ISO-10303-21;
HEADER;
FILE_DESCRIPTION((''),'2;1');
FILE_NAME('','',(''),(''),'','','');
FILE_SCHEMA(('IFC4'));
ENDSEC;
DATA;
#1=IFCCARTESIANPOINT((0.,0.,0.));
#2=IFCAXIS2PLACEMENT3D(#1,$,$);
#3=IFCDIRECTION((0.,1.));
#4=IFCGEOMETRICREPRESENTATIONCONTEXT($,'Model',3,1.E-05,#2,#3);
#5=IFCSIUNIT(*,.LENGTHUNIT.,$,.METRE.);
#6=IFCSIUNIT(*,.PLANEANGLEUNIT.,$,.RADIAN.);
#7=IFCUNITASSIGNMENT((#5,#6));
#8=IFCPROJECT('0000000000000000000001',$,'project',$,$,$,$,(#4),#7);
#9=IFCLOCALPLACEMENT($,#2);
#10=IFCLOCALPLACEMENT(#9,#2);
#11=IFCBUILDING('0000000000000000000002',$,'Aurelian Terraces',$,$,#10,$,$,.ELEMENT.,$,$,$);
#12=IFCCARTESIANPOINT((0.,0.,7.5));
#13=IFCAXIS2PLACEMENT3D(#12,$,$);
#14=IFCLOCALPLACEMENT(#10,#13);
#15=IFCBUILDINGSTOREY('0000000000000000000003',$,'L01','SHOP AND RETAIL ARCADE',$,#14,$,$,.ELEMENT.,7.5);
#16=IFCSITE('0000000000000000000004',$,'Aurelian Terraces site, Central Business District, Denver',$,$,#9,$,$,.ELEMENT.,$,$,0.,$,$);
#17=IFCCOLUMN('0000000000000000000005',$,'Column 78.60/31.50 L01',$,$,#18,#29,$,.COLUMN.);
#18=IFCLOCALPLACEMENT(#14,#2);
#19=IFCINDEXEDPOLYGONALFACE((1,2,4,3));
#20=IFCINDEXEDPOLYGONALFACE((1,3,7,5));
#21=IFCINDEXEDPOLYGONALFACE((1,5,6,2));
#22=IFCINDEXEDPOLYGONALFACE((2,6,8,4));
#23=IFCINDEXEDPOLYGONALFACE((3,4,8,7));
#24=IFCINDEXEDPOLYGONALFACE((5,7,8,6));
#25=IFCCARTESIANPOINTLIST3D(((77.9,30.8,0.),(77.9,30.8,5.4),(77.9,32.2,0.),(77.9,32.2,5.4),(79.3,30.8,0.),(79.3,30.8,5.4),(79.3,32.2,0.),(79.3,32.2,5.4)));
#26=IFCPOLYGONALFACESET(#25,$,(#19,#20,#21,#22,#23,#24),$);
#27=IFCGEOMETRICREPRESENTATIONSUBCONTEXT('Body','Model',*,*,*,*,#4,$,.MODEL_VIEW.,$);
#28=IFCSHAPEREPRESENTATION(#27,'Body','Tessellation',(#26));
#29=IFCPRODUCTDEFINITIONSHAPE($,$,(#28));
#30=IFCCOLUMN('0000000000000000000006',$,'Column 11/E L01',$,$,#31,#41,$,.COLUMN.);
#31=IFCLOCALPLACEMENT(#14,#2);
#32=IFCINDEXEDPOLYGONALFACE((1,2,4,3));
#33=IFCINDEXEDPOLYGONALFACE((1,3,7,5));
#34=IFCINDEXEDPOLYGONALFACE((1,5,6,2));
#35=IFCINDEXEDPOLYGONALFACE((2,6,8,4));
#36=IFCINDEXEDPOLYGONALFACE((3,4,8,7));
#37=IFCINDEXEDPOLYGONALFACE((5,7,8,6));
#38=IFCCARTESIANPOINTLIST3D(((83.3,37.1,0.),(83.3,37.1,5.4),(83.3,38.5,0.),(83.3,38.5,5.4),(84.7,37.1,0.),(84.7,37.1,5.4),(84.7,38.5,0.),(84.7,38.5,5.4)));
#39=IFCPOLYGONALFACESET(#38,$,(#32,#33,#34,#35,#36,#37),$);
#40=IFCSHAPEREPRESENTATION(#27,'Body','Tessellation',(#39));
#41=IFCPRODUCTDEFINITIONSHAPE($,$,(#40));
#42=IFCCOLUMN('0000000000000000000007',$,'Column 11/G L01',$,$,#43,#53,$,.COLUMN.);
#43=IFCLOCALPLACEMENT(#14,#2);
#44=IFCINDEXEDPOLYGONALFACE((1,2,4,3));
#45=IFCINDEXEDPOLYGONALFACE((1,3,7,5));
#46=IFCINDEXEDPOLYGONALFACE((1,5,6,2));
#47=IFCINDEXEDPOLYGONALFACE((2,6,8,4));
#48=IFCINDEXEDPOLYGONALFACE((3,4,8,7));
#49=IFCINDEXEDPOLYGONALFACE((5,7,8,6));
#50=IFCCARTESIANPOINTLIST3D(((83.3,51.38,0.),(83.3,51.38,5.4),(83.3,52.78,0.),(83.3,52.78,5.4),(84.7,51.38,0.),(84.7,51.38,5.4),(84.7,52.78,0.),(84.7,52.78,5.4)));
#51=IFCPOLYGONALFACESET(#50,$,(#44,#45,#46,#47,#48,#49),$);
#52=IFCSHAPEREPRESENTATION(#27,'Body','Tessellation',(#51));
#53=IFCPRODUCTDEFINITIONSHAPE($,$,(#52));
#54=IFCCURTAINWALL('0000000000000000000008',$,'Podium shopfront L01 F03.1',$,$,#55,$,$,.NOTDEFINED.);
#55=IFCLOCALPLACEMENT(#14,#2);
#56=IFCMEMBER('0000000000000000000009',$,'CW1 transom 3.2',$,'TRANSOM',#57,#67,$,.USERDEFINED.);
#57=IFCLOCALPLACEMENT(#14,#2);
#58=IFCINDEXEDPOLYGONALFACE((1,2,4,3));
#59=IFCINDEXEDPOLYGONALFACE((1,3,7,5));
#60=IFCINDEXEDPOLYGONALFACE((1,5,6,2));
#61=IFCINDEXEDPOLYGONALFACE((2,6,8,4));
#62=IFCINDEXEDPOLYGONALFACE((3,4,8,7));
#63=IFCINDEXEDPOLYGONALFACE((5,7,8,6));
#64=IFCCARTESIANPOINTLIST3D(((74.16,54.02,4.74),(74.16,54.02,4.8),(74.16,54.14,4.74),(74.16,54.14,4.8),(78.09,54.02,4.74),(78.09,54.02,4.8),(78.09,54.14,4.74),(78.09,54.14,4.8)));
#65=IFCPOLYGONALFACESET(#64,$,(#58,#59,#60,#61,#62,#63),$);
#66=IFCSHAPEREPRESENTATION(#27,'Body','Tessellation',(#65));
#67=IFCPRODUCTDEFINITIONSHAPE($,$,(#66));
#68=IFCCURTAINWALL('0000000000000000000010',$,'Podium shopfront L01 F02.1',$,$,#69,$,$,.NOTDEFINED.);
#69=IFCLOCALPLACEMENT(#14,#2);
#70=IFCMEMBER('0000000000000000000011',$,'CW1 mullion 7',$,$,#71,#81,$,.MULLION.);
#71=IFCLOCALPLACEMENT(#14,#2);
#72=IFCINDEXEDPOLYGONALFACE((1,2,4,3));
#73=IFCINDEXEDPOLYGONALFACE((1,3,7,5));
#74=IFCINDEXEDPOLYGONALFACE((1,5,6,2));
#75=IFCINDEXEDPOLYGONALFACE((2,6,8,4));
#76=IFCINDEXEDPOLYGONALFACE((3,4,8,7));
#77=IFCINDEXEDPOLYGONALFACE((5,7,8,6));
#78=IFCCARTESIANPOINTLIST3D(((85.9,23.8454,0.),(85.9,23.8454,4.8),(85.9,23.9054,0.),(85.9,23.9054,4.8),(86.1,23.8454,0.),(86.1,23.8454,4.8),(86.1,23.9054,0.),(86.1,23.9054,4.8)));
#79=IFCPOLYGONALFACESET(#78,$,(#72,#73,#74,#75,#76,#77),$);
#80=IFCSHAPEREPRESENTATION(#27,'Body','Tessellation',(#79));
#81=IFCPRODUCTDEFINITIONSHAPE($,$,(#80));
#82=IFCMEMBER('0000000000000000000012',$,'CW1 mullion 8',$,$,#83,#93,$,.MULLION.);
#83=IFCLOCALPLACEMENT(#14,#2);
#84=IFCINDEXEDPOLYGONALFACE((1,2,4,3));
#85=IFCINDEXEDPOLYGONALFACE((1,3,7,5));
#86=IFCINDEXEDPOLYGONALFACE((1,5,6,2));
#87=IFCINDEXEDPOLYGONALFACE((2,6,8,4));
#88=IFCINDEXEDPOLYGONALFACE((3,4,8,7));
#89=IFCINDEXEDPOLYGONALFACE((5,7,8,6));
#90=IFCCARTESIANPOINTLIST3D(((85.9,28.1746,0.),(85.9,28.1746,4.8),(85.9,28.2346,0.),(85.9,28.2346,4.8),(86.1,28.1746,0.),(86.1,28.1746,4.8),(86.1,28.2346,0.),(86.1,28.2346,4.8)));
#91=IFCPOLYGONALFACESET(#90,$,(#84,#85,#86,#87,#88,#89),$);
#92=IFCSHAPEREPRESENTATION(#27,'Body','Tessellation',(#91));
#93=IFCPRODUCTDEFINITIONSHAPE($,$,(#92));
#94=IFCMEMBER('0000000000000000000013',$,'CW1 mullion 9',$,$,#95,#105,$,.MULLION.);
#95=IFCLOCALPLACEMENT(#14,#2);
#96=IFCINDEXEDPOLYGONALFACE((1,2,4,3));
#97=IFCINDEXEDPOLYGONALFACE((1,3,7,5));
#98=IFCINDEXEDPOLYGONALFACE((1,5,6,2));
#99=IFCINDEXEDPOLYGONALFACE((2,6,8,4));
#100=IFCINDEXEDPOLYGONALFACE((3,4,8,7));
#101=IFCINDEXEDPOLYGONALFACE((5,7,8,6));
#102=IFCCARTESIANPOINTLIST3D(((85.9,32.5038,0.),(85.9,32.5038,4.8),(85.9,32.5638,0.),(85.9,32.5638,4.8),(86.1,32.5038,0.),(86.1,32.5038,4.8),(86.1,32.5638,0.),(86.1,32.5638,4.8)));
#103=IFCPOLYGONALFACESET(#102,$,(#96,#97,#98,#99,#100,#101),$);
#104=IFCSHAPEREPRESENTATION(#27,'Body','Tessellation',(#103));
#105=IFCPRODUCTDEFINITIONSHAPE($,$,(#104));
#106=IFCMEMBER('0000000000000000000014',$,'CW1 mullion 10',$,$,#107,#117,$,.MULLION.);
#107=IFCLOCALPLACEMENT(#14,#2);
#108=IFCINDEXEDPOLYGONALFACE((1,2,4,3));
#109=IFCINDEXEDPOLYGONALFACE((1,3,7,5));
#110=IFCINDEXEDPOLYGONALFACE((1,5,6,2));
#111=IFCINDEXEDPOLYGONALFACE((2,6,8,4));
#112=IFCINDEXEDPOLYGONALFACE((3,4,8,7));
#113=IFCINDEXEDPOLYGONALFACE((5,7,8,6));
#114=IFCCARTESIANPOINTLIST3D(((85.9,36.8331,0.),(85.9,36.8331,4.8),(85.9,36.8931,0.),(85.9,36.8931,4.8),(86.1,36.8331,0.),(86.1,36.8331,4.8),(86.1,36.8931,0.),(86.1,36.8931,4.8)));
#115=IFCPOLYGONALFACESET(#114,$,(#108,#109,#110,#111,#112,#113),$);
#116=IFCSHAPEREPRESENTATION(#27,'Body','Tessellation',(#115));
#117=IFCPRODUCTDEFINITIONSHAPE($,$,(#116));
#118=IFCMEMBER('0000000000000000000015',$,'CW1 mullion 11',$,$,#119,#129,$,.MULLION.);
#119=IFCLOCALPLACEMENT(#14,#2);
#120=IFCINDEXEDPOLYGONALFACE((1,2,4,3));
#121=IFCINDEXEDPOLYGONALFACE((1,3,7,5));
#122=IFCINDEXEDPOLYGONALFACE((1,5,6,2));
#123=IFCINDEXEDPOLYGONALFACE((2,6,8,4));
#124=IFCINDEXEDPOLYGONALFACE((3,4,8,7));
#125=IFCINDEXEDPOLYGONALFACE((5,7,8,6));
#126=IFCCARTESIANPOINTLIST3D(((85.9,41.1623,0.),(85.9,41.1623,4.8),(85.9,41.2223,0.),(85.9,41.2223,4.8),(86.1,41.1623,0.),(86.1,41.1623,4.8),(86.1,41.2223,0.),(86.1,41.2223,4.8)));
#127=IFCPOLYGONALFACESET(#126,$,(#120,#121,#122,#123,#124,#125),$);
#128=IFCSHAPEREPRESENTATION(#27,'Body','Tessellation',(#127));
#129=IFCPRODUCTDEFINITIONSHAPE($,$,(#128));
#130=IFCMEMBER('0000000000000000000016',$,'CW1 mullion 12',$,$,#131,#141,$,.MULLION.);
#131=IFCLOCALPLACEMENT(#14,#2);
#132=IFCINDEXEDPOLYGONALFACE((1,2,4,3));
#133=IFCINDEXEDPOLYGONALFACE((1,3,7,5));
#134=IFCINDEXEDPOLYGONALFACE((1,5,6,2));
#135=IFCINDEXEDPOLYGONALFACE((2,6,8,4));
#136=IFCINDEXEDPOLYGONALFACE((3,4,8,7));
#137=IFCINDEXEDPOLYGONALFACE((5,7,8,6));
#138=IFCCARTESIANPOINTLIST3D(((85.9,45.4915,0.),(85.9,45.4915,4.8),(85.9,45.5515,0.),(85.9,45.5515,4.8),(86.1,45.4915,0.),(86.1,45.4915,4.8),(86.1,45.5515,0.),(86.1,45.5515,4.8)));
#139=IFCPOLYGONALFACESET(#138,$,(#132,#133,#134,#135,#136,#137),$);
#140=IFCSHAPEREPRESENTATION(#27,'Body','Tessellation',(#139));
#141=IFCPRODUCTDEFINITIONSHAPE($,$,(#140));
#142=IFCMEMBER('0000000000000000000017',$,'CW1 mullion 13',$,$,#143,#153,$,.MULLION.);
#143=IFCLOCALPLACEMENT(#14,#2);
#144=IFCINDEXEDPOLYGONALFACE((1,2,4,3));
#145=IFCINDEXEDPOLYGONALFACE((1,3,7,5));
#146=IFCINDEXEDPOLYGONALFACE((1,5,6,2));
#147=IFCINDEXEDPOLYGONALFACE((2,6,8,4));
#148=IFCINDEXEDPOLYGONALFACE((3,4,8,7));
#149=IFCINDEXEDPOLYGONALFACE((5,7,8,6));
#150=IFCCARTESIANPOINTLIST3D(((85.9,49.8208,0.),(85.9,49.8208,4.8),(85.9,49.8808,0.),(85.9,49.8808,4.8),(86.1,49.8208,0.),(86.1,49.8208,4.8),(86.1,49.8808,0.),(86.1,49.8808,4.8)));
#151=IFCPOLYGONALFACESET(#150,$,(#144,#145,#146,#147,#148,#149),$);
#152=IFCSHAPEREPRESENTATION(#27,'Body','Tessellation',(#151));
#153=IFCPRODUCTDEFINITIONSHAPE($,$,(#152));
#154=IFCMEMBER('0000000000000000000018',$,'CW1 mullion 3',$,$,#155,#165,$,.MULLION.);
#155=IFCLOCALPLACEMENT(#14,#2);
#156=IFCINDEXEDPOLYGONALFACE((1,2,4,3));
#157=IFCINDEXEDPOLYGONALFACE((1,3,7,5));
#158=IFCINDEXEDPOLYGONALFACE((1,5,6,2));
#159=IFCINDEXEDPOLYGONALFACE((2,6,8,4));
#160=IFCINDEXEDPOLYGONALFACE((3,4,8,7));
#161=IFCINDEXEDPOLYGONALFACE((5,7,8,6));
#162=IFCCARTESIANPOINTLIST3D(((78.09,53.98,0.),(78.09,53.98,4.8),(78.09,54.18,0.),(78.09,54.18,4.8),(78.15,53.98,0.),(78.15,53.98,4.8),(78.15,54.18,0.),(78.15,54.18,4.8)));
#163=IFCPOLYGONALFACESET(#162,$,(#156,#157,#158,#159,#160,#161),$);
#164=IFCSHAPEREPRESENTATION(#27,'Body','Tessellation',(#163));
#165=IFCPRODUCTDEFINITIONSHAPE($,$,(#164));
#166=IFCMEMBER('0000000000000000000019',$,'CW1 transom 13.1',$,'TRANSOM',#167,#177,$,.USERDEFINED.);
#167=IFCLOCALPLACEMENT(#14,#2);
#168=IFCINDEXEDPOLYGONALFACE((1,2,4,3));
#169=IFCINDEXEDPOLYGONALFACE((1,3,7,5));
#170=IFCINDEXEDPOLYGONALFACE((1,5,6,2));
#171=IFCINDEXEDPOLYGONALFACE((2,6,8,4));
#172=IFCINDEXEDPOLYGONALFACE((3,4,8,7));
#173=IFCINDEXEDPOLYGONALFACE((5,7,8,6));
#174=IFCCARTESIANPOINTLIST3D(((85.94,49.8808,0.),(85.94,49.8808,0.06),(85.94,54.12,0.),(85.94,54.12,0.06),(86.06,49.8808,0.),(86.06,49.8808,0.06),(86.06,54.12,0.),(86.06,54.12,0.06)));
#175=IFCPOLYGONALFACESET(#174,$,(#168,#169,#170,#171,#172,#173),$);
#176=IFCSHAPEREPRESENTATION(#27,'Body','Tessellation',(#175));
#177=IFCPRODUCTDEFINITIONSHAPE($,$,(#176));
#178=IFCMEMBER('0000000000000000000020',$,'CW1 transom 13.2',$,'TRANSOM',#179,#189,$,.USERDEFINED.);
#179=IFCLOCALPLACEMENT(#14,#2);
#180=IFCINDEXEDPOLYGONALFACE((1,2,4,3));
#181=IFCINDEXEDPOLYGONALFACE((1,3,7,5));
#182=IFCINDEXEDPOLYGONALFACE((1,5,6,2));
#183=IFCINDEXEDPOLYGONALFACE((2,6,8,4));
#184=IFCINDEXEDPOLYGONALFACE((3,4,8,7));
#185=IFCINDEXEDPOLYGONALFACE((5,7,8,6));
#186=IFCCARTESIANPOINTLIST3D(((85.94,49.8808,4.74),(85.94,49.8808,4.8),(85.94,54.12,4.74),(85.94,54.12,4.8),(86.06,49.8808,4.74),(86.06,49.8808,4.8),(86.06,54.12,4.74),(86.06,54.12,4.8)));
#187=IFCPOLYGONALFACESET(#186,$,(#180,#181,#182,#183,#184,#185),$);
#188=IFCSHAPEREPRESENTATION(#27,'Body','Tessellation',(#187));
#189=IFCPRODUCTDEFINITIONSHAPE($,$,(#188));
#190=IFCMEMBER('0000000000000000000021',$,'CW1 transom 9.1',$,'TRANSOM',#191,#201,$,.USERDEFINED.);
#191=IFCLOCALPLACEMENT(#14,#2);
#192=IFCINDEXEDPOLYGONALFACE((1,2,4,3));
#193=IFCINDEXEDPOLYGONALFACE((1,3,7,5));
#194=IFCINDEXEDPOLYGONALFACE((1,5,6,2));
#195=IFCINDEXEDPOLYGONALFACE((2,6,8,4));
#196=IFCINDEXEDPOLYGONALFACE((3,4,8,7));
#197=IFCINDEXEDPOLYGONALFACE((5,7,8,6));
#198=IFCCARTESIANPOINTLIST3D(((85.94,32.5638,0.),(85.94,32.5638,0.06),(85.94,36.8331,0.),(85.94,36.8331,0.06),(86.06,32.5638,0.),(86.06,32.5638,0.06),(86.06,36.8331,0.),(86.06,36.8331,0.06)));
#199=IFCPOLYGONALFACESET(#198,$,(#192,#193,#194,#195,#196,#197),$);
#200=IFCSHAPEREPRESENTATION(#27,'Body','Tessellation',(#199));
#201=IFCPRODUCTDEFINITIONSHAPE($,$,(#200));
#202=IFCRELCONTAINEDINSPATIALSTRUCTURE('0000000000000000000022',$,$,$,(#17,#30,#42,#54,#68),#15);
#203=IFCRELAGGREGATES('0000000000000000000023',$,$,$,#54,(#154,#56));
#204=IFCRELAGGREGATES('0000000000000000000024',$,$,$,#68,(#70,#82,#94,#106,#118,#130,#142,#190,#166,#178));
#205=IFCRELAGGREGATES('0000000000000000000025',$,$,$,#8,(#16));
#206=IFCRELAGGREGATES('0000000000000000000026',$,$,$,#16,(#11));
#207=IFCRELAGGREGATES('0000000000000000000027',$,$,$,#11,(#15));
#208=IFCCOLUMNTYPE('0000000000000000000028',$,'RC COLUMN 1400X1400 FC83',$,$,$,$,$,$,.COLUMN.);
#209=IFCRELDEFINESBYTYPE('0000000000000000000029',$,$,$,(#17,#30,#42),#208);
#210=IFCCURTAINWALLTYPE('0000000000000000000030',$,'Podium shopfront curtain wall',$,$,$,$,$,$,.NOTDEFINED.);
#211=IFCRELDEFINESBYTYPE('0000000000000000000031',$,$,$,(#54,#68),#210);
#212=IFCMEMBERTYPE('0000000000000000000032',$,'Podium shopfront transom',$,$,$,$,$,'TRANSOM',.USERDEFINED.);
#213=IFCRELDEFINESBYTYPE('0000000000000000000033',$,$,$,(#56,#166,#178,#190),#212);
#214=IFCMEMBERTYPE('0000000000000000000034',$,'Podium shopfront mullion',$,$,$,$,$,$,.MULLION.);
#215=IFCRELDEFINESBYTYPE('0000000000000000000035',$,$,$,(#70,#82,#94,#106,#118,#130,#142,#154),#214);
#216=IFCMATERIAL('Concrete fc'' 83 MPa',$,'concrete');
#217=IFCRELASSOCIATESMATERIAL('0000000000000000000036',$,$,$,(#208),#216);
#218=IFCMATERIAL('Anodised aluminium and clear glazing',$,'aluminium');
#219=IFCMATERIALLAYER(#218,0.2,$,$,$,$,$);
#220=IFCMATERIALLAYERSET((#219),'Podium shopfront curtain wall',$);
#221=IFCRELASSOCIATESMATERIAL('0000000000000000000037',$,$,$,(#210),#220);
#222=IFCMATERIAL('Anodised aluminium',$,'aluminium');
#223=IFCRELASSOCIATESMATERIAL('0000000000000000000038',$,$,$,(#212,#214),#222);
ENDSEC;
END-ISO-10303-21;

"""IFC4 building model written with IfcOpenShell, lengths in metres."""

from ifc_helpers import new_model, si_unit, direction, frame, origin, origin_2d, place, context, subcontext, project, spatial, rectangle, extrude, source, transform, mapped, material, layer, layer_set, material_profile, profile_set, type_object, element, aggregate, save


model = new_model("IFC4")

# Units and contexts
model_context = context("Model", 3, precision=1e-05, world=origin(), true_north=direction((0.0, 1.0)))
body_context = subcontext(model_context, "Body", "Model", "MODEL_VIEW")
ifc_project = project(units=[si_unit("LENGTHUNIT", "METRE"), si_unit("PLANEANGLEUNIT", "RADIAN")], contexts=[model_context])

# Site, building, storey
site_placement = place(None, origin())
site = spatial("IfcSite", under=ifc_project, at=site_placement, Name="Aurelian Terraces site, Central Business District, Denver", CompositionType="ELEMENT", RefElevation=0.0)
building_placement = place(site_placement, origin())
building = spatial("IfcBuilding", under=site, at=building_placement, Name="Aurelian Terraces", CompositionType="ELEMENT")
storey_placement = place(building_placement, frame((0.0, 0.0, 7.5)))
storey = spatial("IfcBuildingStorey", under=building, at=storey_placement, Name="L01", Description="SHOP AND RETAIL ARCADE", CompositionType="ELEMENT", Elevation=7.5)

# Columns
ifc_material_1 = material(Name="Concrete fc' 83 MPa", Category="concrete")
ifc_material_profile_1 = material_profile(ifc_material_1, rectangle(XDim=1.4, YDim=1.4, at=origin_2d()))
ifc_profile_set_1 = profile_set([ifc_material_profile_1], Name="Concrete fc' 83 MPa")
column_type = type_object("IfcColumnType", Name="RC COLUMN 1400X1400 FC83", PredefinedType="COLUMN", material=ifc_profile_set_1)
shared_shape_1 = source(origin(), body_context, "Body", "SweptSolid", [
    extrude(rectangle(XDim=1.4, YDim=1.4, at=origin_2d()), origin(), (0.0, 0.0, 1.0), 5.4),
])
for number, where, z_axis, x_axis, name in (
    (1, (78.6, 31.5, 0.0), (0.0, 0.0, 1.0), (1.0, 0.0, 0.0), "Column 78.60/31.50 L01"),
    (2, (84.0, 37.8, 0.0), (0.0, 0.0, 1.0), (1.0, 0.0, 0.0), "Column 11/E L01"),
    (3, (84.0, 52.08, 0.0), (0.0, 0.0, 1.0), (1.0, 0.0, 0.0), "Column 11/G L01"),
):
    element("IfcColumn", number, at=place(storey_placement, frame(where, z_axis=z_axis, x_axis=x_axis)), inside=storey, type_object=column_type, Name=name, PredefinedType="COLUMN", context=body_context, shape_type="MappedRepresentation", body=[
        mapped(shared_shape_1, transform((0.0, 0.0, 0.0), scale=1.0)),
    ])

# Curtain wall, member
ifc_material_2 = material(Name="Anodised aluminium and clear glazing", Category="aluminium")
ifc_layer_1 = layer(ifc_material_2, 0.2)
ifc_layer_set_1 = layer_set([ifc_layer_1], Name="Podium shopfront curtain wall")
curtain_wall_type = type_object("IfcCurtainWallType", Name="Podium shopfront curtain wall", PredefinedType="NOTDEFINED", material=ifc_layer_set_1)
curtain_wall_1_placement = place(storey_placement, origin())
curtain_wall_1 = element("IfcCurtainWall", 4, at=curtain_wall_1_placement, inside=storey, type_object=curtain_wall_type, Name="Podium shopfront L01 F03.1", PredefinedType="NOTDEFINED")
ifc_material_3 = material(Name="Anodised aluminium", Category="aluminium")
ifc_material_profile_2 = material_profile(ifc_material_3, rectangle(XDim=0.12, YDim=0.06, at=origin_2d()))
ifc_profile_set_2 = profile_set([ifc_material_profile_2], Name="Anodised aluminium")
member_type_1 = type_object("IfcMemberType", Name="Podium shopfront transom", ElementType="TRANSOM", PredefinedType="USERDEFINED", material=ifc_profile_set_2)
shared_shape_2 = source(origin(), body_context, "Body", "SweptSolid", [
    extrude(rectangle(XDim=0.12, YDim=0.06, at=origin_2d()), origin(), (0.0, 0.0, 1.0), 3.93),
])
member_1_placement = place(storey_placement, frame((78.09, 54.08, 4.77), z_axis=(-1.0, 0.0, 0.0), x_axis=(0.0, -1.0, 0.0)))
member_1 = element("IfcMember", 5, at=member_1_placement, type_object=member_type_1, Name="CW1 transom 3.2", ObjectType="TRANSOM", PredefinedType="USERDEFINED", context=body_context, shape_type="MappedRepresentation", body=[
    mapped(shared_shape_2, transform((0.0, 0.0, 0.0), scale=1.0)),
])

# Curtain wall, members
curtain_wall_2_placement = place(storey_placement, origin())
curtain_wall_2 = element("IfcCurtainWall", 6, at=curtain_wall_2_placement, inside=storey, type_object=curtain_wall_type, Name="Podium shopfront L01 F02.1", PredefinedType="NOTDEFINED")
ifc_material_profile_3 = material_profile(ifc_material_3, rectangle(XDim=0.2, YDim=0.06, at=origin_2d()))
ifc_profile_set_3 = profile_set([ifc_material_profile_3], Name="Anodised aluminium")
member_type_2 = type_object("IfcMemberType", Name="Podium shopfront mullion", PredefinedType="MULLION", material=ifc_profile_set_3)
shared_shape_3 = source(origin(), body_context, "Body", "SweptSolid", [
    extrude(rectangle(XDim=0.2, YDim=0.06, at=origin_2d()), origin(), (0.0, 0.0, 1.0), 4.8),
])
member_2_placement = place(storey_placement, frame((86.0, 23.8754, 0.0), z_axis=(0.0, 0.0, 1.0), x_axis=(-1.0, 0.0, 0.0)))
member_2 = element("IfcMember", 7, at=member_2_placement, type_object=member_type_2, Name="CW1 mullion 7", PredefinedType="MULLION", context=body_context, shape_type="MappedRepresentation", body=[
    mapped(shared_shape_3, transform((0.0, 0.0, 0.0), scale=1.0)),
])
member_3_placement = place(storey_placement, frame((86.0, 28.2046, 0.0), z_axis=(0.0, 0.0, 1.0), x_axis=(-1.0, 0.0, 0.0)))
member_3 = element("IfcMember", 8, at=member_3_placement, type_object=member_type_2, Name="CW1 mullion 8", PredefinedType="MULLION", context=body_context, shape_type="MappedRepresentation", body=[
    mapped(shared_shape_3, transform((0.0, 0.0, 0.0), scale=1.0)),
])
member_4_placement = place(storey_placement, frame((86.0, 32.5338, 0.0), z_axis=(0.0, 0.0, 1.0), x_axis=(-1.0, 0.0, 0.0)))
member_4 = element("IfcMember", 9, at=member_4_placement, type_object=member_type_2, Name="CW1 mullion 9", PredefinedType="MULLION", context=body_context, shape_type="MappedRepresentation", body=[
    mapped(shared_shape_3, transform((0.0, 0.0, 0.0), scale=1.0)),
])
member_5_placement = place(storey_placement, frame((86.0, 36.8631, 0.0), z_axis=(0.0, 0.0, 1.0), x_axis=(-1.0, 0.0, 0.0)))
member_5 = element("IfcMember", 10, at=member_5_placement, type_object=member_type_2, Name="CW1 mullion 10", PredefinedType="MULLION", context=body_context, shape_type="MappedRepresentation", body=[
    mapped(shared_shape_3, transform((0.0, 0.0, 0.0), scale=1.0)),
])
member_6_placement = place(storey_placement, frame((86.0, 41.1923, 0.0), z_axis=(0.0, 0.0, 1.0), x_axis=(-1.0, 0.0, 0.0)))
member_6 = element("IfcMember", 11, at=member_6_placement, type_object=member_type_2, Name="CW1 mullion 11", PredefinedType="MULLION", context=body_context, shape_type="MappedRepresentation", body=[
    mapped(shared_shape_3, transform((0.0, 0.0, 0.0), scale=1.0)),
])
member_7_placement = place(storey_placement, frame((86.0, 45.5215, 0.0), z_axis=(0.0, 0.0, 1.0), x_axis=(-1.0, 0.0, 0.0)))
member_7 = element("IfcMember", 12, at=member_7_placement, type_object=member_type_2, Name="CW1 mullion 12", PredefinedType="MULLION", context=body_context, shape_type="MappedRepresentation", body=[
    mapped(shared_shape_3, transform((0.0, 0.0, 0.0), scale=1.0)),
])
member_8_placement = place(storey_placement, frame((86.0, 49.8508, 0.0), z_axis=(0.0, 0.0, 1.0), x_axis=(-1.0, 0.0, 0.0)))
member_8 = element("IfcMember", 13, at=member_8_placement, type_object=member_type_2, Name="CW1 mullion 13", PredefinedType="MULLION", context=body_context, shape_type="MappedRepresentation", body=[
    mapped(shared_shape_3, transform((0.0, 0.0, 0.0), scale=1.0)),
])

# Members
member_9_placement = place(storey_placement, frame((78.12, 54.08, 0.0), z_axis=(0.0, 0.0, 1.0), x_axis=(0.0, -1.0, 0.0)))
member_9 = element("IfcMember", 14, at=member_9_placement, type_object=member_type_2, Name="CW1 mullion 3", PredefinedType="MULLION", context=body_context, shape_type="MappedRepresentation", body=[
    mapped(shared_shape_3, transform((0.0, 0.0, 0.0), scale=1.0)),
])
aggregate(curtain_wall_1, [member_9, member_1])
shared_shape_4 = source(origin(), body_context, "Body", "SweptSolid", [
    extrude(rectangle(XDim=0.12, YDim=0.06, at=origin_2d()), origin(), (0.0, 0.0, 1.0), 4.2392),
])
member_10_placement = place(storey_placement, frame((86.0, 49.8808, 0.03), z_axis=(0.0, 1.0, 0.0), x_axis=(-1.0, 0.0, 0.0)))
member_10 = element("IfcMember", 15, at=member_10_placement, type_object=member_type_1, Name="CW1 transom 13.1", ObjectType="TRANSOM", PredefinedType="USERDEFINED", context=body_context, shape_type="MappedRepresentation", body=[
    mapped(shared_shape_4, transform((0.0, 0.0, 0.0), scale=1.0)),
])
member_11_placement = place(storey_placement, frame((86.0, 49.8808, 4.77), z_axis=(0.0, 1.0, 0.0), x_axis=(-1.0, 0.0, 0.0)))
member_11 = element("IfcMember", 16, at=member_11_placement, type_object=member_type_1, Name="CW1 transom 13.2", ObjectType="TRANSOM", PredefinedType="USERDEFINED", context=body_context, shape_type="MappedRepresentation", body=[
    mapped(shared_shape_4, transform((0.0, 0.0, 0.0), scale=1.0)),
])
shared_shape_5 = source(origin(), body_context, "Body", "SweptSolid", [
    extrude(rectangle(XDim=0.12, YDim=0.06, at=origin_2d()), origin(), (0.0, 0.0, 1.0), 4.2693),
])
member_12_placement = place(storey_placement, frame((86.0, 32.5638, 0.03), z_axis=(0.0, 1.0, 0.0), x_axis=(-1.0, 0.0, 0.0)))
member_12 = element("IfcMember", 17, at=member_12_placement, type_object=member_type_1, Name="CW1 transom 9.1", ObjectType="TRANSOM", PredefinedType="USERDEFINED", context=body_context, shape_type="MappedRepresentation", body=[
    mapped(shared_shape_5, transform((0.0, 0.0, 0.0), scale=1.0)),
])

aggregate(curtain_wall_2, [member_2, member_3, member_4, member_5, member_6, member_7, member_8, member_12, member_10, member_11])

save(model, "model.ifc")
